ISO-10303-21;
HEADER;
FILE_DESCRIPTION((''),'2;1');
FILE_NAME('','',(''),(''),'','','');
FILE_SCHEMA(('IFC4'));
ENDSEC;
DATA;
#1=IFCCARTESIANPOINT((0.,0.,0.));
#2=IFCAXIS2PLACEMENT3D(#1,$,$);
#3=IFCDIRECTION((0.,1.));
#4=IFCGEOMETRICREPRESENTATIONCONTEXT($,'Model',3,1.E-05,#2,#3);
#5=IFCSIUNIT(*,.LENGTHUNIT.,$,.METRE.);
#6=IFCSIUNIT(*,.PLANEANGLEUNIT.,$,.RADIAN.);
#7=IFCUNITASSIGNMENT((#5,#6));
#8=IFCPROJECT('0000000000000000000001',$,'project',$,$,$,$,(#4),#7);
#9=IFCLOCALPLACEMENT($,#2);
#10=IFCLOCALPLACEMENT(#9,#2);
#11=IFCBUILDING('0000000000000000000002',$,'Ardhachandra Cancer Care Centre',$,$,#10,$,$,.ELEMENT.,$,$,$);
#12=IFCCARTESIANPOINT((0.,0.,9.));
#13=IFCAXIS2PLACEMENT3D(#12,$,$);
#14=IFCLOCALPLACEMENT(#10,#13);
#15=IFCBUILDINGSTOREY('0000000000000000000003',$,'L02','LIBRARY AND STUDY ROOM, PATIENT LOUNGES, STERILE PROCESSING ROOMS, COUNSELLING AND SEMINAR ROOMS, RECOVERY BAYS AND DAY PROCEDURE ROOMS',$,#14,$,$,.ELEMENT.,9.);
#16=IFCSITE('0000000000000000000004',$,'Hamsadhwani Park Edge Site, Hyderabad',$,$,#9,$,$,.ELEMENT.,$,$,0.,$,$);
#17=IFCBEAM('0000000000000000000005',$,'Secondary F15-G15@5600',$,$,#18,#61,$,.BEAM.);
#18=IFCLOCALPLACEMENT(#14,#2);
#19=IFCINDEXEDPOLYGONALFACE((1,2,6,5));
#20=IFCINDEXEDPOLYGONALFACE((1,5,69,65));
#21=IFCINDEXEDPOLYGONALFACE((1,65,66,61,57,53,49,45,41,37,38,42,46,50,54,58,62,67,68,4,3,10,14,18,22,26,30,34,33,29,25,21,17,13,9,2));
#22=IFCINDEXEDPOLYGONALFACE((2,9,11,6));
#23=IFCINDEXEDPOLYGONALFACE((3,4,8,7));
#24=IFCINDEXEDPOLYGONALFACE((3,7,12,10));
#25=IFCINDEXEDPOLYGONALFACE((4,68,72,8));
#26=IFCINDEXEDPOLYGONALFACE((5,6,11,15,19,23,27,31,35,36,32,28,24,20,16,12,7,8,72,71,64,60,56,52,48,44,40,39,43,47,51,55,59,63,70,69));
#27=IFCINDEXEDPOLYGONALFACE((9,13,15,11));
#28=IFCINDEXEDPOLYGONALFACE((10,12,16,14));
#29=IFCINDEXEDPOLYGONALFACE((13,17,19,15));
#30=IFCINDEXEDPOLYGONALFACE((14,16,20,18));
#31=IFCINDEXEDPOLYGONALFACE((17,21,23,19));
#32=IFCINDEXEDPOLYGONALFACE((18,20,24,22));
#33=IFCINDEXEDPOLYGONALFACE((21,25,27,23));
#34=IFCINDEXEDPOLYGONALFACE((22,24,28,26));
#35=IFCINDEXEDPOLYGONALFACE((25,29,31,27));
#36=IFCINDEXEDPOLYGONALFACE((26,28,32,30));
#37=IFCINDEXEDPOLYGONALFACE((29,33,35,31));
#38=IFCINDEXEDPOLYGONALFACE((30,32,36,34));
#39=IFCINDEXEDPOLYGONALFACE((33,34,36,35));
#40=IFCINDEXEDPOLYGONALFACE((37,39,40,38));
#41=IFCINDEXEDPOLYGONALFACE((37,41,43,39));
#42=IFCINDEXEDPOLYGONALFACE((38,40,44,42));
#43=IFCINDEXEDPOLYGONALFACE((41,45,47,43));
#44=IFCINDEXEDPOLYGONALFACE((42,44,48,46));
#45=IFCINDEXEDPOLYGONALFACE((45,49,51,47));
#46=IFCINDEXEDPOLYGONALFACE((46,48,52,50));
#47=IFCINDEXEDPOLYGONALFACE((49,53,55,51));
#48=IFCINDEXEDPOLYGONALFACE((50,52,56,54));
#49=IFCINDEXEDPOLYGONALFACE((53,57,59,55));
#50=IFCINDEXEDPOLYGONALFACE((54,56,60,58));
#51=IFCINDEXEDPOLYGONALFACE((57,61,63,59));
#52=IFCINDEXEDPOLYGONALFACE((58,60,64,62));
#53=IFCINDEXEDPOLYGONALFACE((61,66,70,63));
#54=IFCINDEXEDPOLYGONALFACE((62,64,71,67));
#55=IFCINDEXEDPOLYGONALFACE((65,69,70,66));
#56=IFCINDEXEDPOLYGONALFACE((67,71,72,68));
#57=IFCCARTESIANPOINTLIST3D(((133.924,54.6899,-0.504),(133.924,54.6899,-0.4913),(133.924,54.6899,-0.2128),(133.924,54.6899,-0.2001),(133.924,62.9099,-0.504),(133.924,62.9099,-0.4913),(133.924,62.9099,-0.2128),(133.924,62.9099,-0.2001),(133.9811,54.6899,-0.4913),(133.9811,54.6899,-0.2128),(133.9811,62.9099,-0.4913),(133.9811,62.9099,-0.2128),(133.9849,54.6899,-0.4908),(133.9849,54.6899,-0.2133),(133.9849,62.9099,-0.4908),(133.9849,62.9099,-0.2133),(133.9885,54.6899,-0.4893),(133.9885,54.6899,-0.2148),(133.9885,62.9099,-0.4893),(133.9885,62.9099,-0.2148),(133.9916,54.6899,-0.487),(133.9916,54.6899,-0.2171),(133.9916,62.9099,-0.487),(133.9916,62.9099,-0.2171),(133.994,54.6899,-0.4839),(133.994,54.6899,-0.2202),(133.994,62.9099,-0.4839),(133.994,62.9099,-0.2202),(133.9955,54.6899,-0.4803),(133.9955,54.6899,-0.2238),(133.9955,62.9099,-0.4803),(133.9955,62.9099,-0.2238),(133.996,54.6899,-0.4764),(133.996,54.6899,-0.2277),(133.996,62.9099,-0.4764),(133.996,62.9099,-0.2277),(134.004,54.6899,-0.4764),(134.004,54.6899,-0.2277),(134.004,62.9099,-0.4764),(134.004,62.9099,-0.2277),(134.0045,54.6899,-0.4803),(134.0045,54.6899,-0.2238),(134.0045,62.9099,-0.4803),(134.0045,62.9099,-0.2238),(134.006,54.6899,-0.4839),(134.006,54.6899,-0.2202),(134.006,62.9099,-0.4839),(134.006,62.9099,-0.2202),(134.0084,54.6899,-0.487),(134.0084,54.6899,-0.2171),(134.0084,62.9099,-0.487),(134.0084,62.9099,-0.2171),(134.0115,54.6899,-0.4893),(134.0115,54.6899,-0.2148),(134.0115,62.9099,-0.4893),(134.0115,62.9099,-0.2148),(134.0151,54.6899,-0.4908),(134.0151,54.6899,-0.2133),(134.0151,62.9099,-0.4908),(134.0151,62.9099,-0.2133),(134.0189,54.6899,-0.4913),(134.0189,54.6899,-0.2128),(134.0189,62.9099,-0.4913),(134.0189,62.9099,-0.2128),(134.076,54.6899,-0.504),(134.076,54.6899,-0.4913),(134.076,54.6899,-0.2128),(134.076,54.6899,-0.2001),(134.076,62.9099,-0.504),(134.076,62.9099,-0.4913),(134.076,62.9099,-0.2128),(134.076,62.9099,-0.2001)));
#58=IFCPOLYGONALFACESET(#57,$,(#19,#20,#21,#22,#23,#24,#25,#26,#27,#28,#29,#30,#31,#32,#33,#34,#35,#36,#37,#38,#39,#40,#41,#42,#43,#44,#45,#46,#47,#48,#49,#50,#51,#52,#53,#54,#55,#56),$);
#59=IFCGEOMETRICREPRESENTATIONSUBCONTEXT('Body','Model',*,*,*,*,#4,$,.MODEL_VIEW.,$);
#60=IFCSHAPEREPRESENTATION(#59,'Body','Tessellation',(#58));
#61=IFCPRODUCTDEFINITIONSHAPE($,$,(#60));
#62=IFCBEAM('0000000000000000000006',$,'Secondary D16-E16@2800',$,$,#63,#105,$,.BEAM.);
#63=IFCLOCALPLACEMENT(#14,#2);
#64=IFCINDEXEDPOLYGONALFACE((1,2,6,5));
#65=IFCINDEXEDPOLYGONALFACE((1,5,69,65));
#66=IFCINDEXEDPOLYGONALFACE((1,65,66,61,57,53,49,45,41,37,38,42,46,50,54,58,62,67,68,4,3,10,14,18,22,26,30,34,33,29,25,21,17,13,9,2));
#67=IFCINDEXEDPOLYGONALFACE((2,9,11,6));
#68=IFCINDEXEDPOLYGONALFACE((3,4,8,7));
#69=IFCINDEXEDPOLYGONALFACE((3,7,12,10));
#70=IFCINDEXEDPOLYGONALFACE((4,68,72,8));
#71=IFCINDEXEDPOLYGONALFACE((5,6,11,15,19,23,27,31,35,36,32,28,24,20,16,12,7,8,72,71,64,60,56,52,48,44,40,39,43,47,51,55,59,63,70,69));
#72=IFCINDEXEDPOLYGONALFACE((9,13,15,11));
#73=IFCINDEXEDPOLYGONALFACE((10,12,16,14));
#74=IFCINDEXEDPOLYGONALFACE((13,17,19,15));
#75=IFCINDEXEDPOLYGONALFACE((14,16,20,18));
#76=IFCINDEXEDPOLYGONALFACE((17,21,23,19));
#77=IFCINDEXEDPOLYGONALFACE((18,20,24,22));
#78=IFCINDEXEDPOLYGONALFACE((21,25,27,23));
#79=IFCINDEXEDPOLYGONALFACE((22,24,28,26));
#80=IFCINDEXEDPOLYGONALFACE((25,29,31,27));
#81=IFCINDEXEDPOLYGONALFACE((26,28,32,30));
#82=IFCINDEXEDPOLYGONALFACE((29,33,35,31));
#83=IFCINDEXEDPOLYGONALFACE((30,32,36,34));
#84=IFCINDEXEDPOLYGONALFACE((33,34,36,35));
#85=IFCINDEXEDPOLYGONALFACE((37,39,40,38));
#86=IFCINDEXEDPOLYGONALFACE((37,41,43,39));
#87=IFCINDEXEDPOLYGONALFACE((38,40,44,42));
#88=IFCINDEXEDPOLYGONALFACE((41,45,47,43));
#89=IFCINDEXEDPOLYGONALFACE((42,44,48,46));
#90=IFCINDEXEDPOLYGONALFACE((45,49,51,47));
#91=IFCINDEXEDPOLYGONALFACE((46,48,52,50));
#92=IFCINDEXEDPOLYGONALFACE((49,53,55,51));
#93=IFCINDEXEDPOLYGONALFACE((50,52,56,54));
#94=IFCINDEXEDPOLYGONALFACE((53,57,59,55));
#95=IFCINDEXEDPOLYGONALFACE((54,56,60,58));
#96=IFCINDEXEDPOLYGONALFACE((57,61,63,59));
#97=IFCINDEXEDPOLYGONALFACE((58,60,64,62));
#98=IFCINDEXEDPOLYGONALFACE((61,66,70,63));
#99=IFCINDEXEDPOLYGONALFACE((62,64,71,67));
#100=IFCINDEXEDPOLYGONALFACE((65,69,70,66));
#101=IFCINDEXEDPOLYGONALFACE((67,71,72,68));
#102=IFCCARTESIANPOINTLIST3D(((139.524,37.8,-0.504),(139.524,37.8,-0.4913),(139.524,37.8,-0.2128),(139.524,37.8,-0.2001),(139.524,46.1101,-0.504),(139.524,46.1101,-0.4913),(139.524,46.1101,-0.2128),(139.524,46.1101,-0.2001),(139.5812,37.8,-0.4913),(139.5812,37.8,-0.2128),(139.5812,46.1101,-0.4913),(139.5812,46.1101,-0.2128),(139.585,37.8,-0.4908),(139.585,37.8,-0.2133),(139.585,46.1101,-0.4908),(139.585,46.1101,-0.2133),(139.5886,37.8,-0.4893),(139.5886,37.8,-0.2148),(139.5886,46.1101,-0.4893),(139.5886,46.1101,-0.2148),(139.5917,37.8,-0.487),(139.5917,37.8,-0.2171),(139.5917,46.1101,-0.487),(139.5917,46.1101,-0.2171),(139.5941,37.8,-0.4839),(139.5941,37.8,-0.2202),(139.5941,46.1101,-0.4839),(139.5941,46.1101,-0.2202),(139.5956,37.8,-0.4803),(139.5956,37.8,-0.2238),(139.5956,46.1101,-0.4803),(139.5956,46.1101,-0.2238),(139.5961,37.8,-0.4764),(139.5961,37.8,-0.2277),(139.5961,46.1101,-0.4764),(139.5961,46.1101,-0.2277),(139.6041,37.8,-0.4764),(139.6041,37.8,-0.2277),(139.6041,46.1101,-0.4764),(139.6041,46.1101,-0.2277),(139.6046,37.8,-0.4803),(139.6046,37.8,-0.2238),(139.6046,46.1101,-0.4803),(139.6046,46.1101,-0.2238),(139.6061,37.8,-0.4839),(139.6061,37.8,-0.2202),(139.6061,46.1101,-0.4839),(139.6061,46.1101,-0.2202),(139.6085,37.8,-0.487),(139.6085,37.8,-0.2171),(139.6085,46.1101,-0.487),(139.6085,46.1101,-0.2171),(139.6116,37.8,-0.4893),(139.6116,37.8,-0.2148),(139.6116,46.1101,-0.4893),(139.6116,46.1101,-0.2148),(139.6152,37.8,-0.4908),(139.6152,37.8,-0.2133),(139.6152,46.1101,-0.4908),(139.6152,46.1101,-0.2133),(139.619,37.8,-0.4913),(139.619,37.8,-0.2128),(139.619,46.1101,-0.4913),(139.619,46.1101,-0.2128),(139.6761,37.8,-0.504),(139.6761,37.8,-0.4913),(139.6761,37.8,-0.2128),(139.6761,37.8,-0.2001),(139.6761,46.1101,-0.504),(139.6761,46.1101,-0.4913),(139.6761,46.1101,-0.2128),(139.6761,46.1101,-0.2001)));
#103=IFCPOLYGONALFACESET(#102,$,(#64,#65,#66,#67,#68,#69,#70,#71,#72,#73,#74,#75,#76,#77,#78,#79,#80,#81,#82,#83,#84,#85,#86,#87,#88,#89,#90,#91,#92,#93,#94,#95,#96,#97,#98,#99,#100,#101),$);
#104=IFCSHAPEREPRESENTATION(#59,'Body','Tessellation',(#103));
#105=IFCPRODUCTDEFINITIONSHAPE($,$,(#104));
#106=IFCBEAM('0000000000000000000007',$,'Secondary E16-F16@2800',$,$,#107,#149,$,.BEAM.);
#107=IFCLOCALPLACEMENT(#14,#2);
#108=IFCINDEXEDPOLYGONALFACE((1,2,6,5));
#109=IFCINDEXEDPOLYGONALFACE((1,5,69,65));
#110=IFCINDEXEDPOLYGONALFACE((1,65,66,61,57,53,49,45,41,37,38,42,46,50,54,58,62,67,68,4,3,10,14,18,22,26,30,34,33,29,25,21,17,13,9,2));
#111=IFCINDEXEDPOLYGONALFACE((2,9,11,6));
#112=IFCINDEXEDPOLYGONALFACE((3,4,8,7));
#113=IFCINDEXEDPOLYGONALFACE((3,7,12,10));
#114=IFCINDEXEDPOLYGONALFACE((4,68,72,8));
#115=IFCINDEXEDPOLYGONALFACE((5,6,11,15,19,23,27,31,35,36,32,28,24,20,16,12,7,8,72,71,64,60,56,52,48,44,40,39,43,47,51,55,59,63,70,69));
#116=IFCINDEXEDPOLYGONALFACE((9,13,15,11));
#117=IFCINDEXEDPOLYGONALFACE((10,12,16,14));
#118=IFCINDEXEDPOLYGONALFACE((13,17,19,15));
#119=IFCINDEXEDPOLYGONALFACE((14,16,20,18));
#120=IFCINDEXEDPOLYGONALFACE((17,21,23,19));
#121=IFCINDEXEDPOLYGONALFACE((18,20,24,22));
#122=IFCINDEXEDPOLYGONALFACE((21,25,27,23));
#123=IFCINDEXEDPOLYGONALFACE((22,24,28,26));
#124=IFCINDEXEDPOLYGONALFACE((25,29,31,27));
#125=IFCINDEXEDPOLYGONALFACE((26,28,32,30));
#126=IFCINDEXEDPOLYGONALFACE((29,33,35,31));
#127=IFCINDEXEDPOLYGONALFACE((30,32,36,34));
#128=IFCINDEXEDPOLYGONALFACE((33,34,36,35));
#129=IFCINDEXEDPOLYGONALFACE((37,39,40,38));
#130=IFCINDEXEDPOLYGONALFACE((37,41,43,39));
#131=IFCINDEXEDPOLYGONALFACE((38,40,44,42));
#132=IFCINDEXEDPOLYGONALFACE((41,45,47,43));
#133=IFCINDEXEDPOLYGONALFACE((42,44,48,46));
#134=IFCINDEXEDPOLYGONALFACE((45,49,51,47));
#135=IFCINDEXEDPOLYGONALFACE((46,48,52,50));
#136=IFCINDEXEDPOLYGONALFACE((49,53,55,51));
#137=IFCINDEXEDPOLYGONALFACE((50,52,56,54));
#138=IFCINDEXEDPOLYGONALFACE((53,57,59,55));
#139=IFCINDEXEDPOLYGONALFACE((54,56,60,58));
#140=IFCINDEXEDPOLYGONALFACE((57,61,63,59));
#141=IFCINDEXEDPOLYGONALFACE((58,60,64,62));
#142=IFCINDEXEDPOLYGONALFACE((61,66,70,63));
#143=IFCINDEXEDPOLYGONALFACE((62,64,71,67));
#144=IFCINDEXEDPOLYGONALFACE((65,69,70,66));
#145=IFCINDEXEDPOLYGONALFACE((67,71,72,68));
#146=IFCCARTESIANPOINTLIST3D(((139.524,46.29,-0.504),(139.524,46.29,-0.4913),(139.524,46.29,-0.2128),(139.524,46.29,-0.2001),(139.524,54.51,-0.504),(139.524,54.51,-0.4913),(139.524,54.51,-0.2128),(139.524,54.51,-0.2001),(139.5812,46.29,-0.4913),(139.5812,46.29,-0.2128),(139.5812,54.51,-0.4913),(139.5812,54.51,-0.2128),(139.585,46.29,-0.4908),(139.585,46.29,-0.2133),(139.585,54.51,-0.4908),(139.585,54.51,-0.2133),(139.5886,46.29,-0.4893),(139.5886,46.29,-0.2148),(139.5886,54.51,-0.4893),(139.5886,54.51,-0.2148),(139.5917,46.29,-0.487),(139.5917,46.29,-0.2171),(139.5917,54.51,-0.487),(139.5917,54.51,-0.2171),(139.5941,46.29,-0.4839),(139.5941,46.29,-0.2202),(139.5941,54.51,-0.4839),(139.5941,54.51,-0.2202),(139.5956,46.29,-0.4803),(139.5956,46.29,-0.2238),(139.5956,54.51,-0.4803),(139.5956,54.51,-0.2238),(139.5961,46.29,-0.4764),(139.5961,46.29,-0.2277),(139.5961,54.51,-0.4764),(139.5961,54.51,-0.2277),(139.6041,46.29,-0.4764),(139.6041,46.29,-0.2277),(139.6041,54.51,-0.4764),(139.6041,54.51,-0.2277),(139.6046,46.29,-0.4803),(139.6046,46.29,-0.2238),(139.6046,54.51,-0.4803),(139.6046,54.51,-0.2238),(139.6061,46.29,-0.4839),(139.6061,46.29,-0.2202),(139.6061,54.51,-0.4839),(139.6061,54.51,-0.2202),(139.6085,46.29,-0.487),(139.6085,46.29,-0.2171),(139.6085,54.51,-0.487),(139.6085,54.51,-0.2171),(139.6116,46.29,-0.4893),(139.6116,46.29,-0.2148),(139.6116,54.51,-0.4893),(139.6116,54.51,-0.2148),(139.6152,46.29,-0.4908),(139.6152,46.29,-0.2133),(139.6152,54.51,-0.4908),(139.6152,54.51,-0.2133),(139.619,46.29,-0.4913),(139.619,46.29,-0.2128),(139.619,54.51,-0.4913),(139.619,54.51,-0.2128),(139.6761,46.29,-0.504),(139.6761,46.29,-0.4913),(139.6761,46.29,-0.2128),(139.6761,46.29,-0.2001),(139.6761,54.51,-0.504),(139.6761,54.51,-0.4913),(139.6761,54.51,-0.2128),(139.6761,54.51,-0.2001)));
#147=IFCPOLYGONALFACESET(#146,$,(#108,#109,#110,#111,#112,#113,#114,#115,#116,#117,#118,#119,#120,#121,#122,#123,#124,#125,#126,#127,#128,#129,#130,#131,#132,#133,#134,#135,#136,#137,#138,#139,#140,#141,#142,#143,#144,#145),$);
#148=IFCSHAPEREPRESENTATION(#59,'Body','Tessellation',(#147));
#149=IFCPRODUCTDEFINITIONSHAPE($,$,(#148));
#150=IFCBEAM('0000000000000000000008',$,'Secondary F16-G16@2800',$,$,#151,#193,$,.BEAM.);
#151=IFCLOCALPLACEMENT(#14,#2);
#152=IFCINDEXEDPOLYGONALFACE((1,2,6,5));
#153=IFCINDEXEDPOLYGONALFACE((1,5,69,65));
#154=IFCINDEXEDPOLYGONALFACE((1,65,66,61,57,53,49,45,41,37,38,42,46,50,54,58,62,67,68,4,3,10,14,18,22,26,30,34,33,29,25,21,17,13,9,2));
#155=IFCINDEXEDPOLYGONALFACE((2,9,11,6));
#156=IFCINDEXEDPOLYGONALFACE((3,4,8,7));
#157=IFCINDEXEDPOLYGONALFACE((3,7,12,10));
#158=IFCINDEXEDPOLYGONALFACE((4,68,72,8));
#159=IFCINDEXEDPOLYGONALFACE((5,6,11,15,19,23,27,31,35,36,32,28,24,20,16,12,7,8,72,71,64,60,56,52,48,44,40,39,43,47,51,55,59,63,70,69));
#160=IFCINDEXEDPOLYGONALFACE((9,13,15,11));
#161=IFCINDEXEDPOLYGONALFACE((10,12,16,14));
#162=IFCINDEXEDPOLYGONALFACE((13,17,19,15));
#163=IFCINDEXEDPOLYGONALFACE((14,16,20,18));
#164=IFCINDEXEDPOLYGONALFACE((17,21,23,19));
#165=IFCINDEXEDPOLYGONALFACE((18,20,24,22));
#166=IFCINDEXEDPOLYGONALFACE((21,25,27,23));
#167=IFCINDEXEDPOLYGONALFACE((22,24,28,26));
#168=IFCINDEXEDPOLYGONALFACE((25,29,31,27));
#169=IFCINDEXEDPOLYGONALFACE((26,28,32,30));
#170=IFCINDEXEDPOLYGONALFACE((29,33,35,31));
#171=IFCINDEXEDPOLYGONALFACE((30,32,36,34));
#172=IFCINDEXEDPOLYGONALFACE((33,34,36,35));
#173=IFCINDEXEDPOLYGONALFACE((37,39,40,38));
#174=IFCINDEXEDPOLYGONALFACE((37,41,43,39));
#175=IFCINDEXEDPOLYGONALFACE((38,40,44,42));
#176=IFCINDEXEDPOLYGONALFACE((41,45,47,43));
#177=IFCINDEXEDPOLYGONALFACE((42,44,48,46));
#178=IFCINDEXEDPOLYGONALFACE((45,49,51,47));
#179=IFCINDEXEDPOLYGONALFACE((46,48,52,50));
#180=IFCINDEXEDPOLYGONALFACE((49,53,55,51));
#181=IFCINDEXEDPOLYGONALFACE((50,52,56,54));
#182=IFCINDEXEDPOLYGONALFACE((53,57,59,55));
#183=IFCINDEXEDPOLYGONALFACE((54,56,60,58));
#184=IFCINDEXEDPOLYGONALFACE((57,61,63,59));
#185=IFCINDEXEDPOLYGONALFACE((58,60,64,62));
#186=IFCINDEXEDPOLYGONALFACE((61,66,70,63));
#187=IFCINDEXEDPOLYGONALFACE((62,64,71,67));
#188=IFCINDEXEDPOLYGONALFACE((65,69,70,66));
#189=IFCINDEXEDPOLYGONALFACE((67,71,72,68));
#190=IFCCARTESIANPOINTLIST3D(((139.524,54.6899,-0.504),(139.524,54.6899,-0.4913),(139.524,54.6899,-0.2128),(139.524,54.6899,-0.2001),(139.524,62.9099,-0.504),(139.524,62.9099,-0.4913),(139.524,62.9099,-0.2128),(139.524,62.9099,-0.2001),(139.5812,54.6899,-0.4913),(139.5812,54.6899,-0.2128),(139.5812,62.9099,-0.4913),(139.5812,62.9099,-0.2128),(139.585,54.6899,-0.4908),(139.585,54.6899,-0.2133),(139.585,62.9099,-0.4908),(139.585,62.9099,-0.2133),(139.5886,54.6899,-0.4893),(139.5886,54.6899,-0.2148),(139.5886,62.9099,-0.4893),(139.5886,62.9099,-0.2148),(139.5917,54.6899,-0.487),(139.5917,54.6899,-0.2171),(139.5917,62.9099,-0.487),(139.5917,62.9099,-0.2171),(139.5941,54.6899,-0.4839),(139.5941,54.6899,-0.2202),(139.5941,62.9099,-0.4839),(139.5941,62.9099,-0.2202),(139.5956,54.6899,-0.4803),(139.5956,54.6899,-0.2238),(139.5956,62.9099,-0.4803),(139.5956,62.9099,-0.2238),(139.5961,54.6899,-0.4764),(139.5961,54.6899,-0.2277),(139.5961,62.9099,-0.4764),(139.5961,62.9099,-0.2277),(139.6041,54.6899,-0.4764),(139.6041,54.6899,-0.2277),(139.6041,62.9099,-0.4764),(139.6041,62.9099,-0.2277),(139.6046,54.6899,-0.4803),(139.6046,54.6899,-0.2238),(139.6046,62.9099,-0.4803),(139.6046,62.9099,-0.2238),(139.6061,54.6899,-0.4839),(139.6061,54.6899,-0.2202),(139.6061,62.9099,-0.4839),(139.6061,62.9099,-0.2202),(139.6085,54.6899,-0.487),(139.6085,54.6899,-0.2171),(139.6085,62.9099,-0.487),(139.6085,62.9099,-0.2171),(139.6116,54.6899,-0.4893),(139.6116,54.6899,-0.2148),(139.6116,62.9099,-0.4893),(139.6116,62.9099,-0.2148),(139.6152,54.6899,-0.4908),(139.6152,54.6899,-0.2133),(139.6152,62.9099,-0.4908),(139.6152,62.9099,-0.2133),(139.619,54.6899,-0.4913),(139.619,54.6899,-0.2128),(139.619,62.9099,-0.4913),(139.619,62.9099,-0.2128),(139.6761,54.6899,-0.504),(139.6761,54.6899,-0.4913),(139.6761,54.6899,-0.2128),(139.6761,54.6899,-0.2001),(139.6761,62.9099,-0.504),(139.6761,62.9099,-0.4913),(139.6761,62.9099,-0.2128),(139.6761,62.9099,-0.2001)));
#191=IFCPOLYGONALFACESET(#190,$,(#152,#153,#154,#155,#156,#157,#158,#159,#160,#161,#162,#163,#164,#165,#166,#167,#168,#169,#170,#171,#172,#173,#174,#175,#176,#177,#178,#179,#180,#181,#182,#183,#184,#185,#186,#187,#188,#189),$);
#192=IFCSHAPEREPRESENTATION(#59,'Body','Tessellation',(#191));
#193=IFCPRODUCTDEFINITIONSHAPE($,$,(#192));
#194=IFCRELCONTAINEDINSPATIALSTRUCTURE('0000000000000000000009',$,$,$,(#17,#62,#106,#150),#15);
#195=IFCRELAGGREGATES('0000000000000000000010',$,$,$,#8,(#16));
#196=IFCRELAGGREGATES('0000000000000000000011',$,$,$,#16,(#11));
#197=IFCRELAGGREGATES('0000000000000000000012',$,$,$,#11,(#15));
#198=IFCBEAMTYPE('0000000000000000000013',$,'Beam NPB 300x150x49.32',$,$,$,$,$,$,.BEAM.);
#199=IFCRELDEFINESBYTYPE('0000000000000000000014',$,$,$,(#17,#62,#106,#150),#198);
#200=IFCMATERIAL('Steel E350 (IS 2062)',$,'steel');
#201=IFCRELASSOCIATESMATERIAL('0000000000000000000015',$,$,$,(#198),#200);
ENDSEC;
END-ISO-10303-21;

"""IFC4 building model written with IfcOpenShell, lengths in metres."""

from ifc_helpers import new_model, si_unit, direction, frame, origin, origin_2d, place, context, subcontext, project, spatial, i_section, extrude, material, material_profile, profile_set, type_object, element, save


model = new_model("IFC4")

# Units and contexts
model_context = context("Model", 3, precision=1e-05, world=origin(), true_north=direction((0.0, 1.0)))
body_context = subcontext(model_context, "Body", "Model", "MODEL_VIEW")
ifc_project = project(units=[si_unit("LENGTHUNIT", "METRE"), si_unit("PLANEANGLEUNIT", "RADIAN")], contexts=[model_context])

# Site, building, storey
site_placement = place(None, origin())
site = spatial("IfcSite", under=ifc_project, at=site_placement, Name="Hamsadhwani Park Edge Site, Hyderabad", CompositionType="ELEMENT", RefElevation=0.0)
building_placement = place(site_placement, origin())
building = spatial("IfcBuilding", under=site, at=building_placement, Name="Ardhachandra Cancer Care Centre", CompositionType="ELEMENT")
storey_placement = place(building_placement, frame((0.0, 0.0, 9.0)))
storey = spatial("IfcBuildingStorey", under=building, at=storey_placement, Name="L02", Description="LIBRARY AND STUDY ROOM, PATIENT LOUNGES, STERILE PROCESSING ROOMS, COUNSELLING AND SEMINAR ROOMS, RECOVERY BAYS AND DAY PROCEDURE ROOMS", CompositionType="ELEMENT", Elevation=9.0)

# Beams
ifc_material_1 = material(Name="Steel E350 (IS 2062)", Category="steel")
ifc_material_profile_1 = material_profile(ifc_material_1, i_section(OverallWidth=0.1521, OverallDepth=0.304, WebThickness=0.0081, FlangeThickness=0.0127, FilletRadius=0.0149, at=origin_2d()), Name="NPB 300x150x49.32")
ifc_profile_set_1 = profile_set([ifc_material_profile_1], Name="Steel E350 (IS 2062)")
beam_type_1 = type_object("IfcBeamType", Name="Beam NPB 300x150x49.32", PredefinedType="BEAM", material=ifc_profile_set_1)
beam_1_placement = place(storey_placement, frame((134.0, 54.6899, -0.3521), z_axis=(0.0, 1.0, 0.0), x_axis=(-1.0, 0.0, 0.0)))
element("IfcBeam", 1, at=beam_1_placement, inside=storey, type_object=beam_type_1, Name="Secondary F15-G15@5600", PredefinedType="BEAM", context=body_context, shape_type="SweptSolid", body=[
    extrude(i_section(OverallWidth=0.1521, OverallDepth=0.304, WebThickness=0.0081, FlangeThickness=0.0127, FilletRadius=0.0149, at=origin_2d()), origin(), (0.0, 0.0, 1.0), 8.22),
])
beam_2_placement = place(storey_placement, frame((139.6001, 37.8, -0.3521), z_axis=(0.0, 1.0, 0.0), x_axis=(-1.0, 0.0, 0.0)))
element("IfcBeam", 2, at=beam_2_placement, inside=storey, type_object=beam_type_1, Name="Secondary D16-E16@2800", PredefinedType="BEAM", context=body_context, shape_type="SweptSolid", body=[
    extrude(i_section(OverallWidth=0.1521, OverallDepth=0.304, WebThickness=0.0081, FlangeThickness=0.0127, FilletRadius=0.0149, at=origin_2d()), origin(), (0.0, 0.0, 1.0), 8.3101),
])
for number, where, z_axis, x_axis, name in (
    (3, (139.6001, 46.29, -0.3521), (0.0, 1.0, 0.0), (-1.0, 0.0, 0.0), "Secondary E16-F16@2800"),
    (4, (139.6001, 54.6899, -0.3521), (0.0, 1.0, 0.0), (-1.0, 0.0, 0.0), "Secondary F16-G16@2800"),
):
    element("IfcBeam", number, at=place(storey_placement, frame(where, z_axis=z_axis, x_axis=x_axis)), inside=storey, type_object=beam_type_1, Name=name, PredefinedType="BEAM", context=body_context, shape_type="SweptSolid", body=[
        extrude(i_section(OverallWidth=0.1521, OverallDepth=0.304, WebThickness=0.0081, FlangeThickness=0.0127, FilletRadius=0.0149, at=origin_2d()), origin(), (0.0, 0.0, 1.0), 8.22),
    ])

save(model, "model.ifc")
